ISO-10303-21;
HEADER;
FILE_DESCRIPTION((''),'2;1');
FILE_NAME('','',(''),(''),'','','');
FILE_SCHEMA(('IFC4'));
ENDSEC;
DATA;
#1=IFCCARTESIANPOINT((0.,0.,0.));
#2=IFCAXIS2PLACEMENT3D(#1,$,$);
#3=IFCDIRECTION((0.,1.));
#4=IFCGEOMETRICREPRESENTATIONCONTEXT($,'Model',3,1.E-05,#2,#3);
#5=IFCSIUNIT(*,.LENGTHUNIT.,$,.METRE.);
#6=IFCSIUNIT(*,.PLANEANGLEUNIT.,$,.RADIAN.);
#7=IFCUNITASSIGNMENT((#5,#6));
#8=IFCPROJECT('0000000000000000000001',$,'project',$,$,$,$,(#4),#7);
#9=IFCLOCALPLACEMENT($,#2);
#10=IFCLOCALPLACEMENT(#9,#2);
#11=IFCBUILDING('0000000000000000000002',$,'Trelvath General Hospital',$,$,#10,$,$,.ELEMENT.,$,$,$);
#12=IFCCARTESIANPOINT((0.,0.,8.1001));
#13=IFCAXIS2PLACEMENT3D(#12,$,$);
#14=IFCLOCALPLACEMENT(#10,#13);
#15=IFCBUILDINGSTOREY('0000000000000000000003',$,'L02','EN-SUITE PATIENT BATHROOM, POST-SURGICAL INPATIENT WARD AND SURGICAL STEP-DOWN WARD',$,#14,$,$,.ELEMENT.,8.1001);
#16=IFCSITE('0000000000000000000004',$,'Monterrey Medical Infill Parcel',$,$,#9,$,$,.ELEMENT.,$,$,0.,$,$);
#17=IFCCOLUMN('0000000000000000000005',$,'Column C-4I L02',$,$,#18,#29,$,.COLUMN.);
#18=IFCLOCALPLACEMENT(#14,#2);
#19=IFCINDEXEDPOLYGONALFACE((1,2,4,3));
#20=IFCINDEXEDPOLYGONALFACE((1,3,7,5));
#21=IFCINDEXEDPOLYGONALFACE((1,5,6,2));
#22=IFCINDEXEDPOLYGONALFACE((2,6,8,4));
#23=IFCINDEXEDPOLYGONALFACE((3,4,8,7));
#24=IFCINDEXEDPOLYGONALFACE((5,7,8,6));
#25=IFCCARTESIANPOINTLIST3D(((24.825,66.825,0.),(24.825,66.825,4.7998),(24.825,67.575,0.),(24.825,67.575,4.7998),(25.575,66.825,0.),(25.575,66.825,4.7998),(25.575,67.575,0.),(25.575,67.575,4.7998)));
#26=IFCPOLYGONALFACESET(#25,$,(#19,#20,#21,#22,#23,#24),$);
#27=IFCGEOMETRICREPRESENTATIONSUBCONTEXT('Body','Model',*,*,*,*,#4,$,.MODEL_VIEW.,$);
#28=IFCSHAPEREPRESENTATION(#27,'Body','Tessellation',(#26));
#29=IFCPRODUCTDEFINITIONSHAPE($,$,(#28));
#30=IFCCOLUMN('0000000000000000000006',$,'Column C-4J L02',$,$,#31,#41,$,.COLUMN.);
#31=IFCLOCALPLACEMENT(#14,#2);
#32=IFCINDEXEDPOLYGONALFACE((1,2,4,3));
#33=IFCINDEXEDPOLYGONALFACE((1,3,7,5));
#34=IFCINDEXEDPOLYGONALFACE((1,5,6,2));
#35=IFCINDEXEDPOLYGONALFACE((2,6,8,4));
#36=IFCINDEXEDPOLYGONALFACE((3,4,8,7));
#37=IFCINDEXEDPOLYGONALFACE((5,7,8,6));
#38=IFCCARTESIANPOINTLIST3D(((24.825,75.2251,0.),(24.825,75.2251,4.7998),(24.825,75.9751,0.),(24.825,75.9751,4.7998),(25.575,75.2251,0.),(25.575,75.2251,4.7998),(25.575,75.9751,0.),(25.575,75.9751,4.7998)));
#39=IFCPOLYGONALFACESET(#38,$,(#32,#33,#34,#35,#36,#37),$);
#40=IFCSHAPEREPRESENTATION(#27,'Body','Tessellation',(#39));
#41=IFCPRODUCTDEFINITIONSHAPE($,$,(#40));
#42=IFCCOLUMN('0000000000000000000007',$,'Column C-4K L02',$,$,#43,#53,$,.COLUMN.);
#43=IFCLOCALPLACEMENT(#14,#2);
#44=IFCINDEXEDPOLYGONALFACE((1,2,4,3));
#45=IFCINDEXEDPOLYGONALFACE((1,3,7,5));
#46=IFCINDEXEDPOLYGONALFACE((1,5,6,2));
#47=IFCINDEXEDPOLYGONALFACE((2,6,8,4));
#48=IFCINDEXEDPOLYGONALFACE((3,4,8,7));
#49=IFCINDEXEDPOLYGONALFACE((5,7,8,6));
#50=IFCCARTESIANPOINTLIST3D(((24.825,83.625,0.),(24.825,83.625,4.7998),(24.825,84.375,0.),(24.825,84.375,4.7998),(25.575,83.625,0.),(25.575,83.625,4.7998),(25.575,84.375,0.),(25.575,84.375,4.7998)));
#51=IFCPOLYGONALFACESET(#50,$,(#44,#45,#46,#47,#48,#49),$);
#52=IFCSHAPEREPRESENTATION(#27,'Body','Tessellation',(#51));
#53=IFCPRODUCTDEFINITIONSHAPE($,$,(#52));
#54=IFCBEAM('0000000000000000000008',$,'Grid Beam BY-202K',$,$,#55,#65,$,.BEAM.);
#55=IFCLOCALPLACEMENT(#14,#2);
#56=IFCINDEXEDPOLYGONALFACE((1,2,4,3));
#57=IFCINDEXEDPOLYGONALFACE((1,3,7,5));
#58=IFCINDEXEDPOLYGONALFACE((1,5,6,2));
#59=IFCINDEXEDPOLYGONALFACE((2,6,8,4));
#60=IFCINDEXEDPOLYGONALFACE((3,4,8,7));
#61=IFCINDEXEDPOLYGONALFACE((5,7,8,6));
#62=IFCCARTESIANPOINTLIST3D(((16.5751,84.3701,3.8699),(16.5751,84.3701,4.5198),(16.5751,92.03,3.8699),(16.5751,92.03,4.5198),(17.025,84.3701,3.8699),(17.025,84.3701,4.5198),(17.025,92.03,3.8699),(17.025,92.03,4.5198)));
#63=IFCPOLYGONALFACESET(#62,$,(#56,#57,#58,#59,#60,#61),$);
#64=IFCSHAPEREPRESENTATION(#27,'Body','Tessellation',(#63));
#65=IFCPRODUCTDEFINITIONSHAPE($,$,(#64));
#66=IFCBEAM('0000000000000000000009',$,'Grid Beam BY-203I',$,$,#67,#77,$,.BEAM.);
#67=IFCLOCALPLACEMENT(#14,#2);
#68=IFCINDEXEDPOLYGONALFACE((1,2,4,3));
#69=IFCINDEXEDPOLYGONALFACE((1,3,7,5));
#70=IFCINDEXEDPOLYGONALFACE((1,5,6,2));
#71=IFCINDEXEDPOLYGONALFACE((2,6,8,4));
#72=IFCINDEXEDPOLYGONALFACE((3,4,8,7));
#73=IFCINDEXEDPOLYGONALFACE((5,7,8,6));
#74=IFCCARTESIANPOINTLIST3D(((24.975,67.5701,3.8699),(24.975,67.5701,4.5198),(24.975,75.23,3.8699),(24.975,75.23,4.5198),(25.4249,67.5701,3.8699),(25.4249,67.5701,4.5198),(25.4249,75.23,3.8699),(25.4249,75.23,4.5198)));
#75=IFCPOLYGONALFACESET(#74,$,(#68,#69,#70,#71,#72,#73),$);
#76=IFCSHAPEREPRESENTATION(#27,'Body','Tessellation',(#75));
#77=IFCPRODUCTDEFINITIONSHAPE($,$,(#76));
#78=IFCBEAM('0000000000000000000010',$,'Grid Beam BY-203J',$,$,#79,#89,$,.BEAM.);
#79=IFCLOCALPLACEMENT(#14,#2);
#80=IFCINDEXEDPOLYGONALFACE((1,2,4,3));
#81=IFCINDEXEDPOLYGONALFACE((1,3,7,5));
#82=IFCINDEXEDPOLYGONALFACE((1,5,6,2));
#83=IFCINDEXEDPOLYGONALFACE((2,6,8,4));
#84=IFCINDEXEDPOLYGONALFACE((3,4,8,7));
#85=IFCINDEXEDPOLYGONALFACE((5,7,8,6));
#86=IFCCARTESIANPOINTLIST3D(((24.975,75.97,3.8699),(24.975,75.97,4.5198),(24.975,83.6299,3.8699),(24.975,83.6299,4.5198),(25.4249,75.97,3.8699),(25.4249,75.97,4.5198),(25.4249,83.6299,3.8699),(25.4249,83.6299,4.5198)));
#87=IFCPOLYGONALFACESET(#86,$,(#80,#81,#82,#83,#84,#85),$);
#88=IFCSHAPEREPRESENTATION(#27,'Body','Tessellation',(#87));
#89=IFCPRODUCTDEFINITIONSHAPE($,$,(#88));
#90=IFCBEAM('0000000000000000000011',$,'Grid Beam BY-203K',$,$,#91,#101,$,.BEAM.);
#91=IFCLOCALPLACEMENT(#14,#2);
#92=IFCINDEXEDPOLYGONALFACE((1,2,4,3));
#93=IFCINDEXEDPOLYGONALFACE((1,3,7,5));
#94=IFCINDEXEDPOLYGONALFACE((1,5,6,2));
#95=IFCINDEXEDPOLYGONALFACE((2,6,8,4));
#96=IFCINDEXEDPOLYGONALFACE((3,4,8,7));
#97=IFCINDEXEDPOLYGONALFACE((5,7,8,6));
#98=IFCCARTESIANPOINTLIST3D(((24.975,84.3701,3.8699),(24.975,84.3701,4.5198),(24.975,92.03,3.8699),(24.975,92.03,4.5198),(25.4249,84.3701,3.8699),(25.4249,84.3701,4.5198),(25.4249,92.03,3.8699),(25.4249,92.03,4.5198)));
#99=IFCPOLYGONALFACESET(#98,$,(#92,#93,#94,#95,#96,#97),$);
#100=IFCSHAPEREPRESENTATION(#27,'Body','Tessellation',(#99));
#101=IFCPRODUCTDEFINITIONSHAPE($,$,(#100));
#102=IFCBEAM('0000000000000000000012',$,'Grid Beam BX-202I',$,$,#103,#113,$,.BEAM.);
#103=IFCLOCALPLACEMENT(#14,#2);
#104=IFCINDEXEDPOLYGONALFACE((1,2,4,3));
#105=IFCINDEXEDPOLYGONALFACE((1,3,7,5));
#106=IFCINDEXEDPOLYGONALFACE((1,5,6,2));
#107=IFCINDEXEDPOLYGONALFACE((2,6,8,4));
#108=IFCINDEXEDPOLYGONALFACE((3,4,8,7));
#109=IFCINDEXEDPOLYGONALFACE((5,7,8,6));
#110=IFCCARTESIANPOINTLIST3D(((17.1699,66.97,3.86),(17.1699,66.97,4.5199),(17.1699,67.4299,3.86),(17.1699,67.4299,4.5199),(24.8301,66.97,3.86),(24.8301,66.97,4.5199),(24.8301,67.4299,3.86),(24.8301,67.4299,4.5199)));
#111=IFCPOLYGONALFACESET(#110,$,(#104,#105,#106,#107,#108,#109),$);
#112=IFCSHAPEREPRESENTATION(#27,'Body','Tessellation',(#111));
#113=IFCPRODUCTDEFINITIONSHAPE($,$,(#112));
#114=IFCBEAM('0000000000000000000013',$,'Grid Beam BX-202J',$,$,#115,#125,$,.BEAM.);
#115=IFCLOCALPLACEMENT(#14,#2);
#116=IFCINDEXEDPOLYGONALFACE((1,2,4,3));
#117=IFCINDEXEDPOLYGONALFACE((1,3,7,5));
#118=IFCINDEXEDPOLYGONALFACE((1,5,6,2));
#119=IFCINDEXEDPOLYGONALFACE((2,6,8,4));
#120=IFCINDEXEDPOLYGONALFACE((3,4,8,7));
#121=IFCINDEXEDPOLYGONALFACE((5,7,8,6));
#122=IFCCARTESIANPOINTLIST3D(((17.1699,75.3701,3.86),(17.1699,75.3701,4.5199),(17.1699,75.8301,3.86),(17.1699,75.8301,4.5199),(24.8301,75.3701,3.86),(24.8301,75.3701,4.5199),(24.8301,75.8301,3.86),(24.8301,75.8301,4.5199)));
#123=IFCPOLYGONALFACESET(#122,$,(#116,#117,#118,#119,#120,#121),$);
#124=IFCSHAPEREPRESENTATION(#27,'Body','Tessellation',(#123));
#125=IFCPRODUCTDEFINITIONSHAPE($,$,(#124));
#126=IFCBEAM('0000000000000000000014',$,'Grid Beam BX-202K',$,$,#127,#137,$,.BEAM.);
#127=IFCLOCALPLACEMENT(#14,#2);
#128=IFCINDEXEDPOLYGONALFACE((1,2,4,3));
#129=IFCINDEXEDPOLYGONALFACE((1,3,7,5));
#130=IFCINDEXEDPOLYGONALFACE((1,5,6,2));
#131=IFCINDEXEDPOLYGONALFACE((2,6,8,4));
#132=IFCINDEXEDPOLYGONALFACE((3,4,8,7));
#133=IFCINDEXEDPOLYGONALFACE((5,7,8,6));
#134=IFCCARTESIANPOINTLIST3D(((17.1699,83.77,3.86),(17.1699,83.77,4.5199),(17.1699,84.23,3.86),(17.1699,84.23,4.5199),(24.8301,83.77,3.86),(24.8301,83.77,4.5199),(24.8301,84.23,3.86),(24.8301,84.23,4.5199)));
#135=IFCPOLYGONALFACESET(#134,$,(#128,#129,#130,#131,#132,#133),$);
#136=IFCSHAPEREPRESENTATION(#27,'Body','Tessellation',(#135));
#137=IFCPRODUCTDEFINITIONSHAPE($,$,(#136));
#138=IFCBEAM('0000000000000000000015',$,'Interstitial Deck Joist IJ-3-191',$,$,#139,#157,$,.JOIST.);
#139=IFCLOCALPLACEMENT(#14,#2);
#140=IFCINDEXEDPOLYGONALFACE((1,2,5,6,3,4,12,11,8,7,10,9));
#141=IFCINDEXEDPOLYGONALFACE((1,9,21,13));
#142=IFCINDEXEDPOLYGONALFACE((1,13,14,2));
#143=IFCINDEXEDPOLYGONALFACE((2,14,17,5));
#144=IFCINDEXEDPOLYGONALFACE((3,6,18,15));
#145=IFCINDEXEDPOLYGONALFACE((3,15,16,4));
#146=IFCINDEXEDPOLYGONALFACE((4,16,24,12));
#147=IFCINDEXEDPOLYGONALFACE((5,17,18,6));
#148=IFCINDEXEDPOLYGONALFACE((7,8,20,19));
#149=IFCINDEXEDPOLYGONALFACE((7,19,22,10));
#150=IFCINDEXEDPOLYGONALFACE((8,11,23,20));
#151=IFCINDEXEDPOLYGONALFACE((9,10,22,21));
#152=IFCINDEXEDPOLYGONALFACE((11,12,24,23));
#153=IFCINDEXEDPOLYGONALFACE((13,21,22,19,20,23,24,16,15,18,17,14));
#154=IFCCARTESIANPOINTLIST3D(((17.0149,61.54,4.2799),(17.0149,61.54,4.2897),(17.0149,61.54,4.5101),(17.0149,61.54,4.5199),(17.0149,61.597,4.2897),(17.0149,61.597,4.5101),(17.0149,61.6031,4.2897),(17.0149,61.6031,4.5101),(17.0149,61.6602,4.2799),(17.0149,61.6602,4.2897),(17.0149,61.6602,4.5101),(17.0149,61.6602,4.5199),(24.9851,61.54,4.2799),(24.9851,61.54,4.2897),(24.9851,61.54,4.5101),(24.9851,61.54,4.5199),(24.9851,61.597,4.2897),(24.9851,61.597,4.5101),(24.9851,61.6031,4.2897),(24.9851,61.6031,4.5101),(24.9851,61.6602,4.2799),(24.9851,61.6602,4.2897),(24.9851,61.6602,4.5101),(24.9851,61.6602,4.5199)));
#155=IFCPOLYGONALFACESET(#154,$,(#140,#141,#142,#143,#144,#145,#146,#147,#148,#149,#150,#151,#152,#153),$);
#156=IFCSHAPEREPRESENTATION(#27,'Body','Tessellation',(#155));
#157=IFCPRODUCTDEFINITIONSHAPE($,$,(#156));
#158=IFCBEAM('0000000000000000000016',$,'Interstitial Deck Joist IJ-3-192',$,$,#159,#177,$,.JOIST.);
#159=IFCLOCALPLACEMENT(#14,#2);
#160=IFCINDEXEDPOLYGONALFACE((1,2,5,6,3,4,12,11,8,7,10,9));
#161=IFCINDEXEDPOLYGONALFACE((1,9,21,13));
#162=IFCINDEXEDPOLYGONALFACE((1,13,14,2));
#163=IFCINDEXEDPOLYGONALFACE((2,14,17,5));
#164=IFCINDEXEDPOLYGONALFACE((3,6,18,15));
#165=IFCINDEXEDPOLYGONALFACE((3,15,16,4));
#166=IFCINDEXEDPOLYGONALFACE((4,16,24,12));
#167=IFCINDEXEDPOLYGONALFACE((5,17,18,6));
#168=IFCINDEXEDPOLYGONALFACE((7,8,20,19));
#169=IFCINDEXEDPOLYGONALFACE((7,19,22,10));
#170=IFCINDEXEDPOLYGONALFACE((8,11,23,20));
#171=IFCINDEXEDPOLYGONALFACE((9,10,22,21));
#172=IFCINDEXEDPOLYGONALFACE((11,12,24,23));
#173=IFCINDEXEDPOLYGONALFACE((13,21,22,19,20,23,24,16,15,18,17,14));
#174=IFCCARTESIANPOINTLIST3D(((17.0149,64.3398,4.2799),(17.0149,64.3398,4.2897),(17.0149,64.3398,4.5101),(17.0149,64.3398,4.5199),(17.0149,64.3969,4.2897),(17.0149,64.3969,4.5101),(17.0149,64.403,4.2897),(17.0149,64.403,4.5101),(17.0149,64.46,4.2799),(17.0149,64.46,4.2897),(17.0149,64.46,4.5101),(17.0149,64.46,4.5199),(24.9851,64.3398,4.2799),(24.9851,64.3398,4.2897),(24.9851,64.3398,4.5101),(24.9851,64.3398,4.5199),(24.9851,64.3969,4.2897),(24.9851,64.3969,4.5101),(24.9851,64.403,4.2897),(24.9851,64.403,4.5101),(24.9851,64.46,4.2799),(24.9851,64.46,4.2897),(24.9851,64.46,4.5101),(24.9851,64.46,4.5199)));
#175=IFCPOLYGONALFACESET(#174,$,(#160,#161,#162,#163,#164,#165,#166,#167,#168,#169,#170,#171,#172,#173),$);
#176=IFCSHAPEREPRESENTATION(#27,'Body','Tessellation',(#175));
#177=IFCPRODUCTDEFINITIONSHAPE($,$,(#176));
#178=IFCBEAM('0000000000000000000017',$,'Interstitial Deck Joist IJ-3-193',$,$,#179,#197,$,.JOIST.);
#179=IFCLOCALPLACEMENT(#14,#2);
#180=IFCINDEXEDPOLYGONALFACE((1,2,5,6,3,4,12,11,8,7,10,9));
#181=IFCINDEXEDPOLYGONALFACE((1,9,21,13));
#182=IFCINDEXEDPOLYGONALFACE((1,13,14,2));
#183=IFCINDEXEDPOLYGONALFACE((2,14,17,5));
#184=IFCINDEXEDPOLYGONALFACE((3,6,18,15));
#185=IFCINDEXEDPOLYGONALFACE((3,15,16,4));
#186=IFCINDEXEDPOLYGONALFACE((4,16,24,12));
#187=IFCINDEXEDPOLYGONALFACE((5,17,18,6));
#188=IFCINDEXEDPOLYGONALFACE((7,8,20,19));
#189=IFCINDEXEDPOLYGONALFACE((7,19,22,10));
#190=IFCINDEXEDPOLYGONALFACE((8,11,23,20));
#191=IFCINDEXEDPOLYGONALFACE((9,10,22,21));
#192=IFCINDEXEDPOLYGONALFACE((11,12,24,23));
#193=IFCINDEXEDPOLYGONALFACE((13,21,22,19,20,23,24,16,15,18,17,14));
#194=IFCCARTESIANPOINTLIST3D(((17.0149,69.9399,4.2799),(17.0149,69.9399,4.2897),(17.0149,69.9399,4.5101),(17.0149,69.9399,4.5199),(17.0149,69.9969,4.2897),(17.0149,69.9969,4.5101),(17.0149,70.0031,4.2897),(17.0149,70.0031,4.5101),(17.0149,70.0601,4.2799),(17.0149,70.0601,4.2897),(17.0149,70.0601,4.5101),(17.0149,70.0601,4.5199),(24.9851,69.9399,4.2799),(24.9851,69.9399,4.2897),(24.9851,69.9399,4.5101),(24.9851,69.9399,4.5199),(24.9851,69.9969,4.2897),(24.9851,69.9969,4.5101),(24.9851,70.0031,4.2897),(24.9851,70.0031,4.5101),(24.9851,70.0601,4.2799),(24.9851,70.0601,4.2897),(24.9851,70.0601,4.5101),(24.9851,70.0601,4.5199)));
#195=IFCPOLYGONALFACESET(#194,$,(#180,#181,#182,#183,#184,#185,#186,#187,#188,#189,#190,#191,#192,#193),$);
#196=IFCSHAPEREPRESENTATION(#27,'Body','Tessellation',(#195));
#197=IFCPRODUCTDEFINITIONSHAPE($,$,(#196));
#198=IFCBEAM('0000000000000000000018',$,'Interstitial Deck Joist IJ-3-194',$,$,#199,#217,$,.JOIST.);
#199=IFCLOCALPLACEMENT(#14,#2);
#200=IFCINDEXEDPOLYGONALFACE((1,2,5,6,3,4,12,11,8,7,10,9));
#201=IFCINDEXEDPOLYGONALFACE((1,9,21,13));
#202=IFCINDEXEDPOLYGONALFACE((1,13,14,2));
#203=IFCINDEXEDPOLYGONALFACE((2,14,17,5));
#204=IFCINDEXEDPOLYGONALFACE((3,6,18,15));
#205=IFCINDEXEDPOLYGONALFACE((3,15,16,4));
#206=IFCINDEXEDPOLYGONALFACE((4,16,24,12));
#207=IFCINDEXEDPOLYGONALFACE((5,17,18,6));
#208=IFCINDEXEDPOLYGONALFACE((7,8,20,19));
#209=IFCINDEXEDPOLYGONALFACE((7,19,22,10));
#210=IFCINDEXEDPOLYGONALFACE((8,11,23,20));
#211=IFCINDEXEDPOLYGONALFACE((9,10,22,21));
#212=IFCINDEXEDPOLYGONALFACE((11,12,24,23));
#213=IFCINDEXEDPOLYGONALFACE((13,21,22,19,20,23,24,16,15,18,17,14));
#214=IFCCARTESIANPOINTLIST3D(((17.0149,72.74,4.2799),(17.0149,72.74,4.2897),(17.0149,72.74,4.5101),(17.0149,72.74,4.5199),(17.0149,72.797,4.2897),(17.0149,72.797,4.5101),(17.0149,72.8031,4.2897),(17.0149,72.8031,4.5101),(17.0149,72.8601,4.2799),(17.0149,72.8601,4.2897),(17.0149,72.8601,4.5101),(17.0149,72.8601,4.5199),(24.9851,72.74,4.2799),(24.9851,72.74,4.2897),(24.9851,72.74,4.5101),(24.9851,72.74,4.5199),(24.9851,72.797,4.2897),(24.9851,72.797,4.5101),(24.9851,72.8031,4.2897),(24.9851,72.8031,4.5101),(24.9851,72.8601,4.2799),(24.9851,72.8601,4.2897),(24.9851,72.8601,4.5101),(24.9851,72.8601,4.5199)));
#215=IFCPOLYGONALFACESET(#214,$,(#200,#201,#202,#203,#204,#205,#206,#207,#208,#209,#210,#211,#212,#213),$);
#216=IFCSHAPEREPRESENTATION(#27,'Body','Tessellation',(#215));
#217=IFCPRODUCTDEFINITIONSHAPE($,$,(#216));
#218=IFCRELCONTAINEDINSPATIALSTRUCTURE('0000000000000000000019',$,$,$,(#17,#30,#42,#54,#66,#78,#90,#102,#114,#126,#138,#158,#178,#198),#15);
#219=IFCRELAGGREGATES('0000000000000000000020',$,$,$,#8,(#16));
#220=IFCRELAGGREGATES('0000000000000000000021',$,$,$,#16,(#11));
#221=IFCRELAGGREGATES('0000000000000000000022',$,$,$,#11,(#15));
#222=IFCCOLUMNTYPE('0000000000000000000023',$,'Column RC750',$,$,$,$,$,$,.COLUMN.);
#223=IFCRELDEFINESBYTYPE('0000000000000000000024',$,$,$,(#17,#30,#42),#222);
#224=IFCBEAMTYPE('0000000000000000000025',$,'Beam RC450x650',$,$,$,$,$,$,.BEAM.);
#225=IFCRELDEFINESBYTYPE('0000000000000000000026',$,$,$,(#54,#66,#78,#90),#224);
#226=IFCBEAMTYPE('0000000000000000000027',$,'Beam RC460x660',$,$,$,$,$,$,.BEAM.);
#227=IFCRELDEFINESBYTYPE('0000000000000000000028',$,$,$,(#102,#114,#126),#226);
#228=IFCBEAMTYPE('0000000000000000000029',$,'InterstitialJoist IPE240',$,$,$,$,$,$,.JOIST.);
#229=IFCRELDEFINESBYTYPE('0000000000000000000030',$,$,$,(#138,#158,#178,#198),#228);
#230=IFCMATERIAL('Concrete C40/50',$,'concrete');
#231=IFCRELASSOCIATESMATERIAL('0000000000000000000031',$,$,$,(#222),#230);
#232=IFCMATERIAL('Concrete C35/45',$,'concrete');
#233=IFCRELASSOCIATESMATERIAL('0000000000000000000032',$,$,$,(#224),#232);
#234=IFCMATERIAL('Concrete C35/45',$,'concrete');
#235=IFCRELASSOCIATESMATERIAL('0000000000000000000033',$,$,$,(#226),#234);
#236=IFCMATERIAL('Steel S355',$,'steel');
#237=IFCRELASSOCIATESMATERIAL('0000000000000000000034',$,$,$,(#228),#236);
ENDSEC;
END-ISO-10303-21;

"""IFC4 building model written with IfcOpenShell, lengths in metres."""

from ifc_helpers import new_model, si_unit, direction, frame, origin, origin_2d, place, context, subcontext, project, spatial, rectangle, i_section, extrude, material, material_profile, profile_set, type_object, element, save


model = new_model("IFC4")

# Units and contexts
model_context = context("Model", 3, precision=1e-05, world=origin(), true_north=direction((0.0, 1.0)))
body_context = subcontext(model_context, "Body", "Model", "MODEL_VIEW")
ifc_project = project(units=[si_unit("LENGTHUNIT", "METRE"), si_unit("PLANEANGLEUNIT", "RADIAN")], contexts=[model_context])

# Site, building, storey
site_placement = place(None, origin())
site = spatial("IfcSite", under=ifc_project, at=site_placement, Name="Monterrey Medical Infill Parcel", CompositionType="ELEMENT", RefElevation=0.0)
building_placement = place(site_placement, origin())
building = spatial("IfcBuilding", under=site, at=building_placement, Name="Trelvath General Hospital", CompositionType="ELEMENT")
storey_placement = place(building_placement, frame((0.0, 0.0, 8.1001)))
storey = spatial("IfcBuildingStorey", under=building, at=storey_placement, Name="L02", Description="EN-SUITE PATIENT BATHROOM, POST-SURGICAL INPATIENT WARD AND SURGICAL STEP-DOWN WARD", CompositionType="ELEMENT", Elevation=8.1001)

# Columns
ifc_material_1 = material(Name="Concrete C40/50", Category="concrete")
ifc_material_profile_1 = material_profile(ifc_material_1, rectangle(XDim=0.75, YDim=0.75, at=origin_2d()), Name="RC750x750")
ifc_profile_set_1 = profile_set([ifc_material_profile_1], Name="Concrete C40/50")
column_type = type_object("IfcColumnType", Name="Column RC750", PredefinedType="COLUMN", material=ifc_profile_set_1)
for number, where, z_axis, x_axis, name in (
    (1, (25.2, 67.2, 0.0), (0.0, 0.0, 1.0), (1.0, 0.0, 0.0), "Column C-4I L02"),
    (2, (25.2, 75.6001, 0.0), (0.0, 0.0, 1.0), (1.0, 0.0, 0.0), "Column C-4J L02"),
    (3, (25.2, 84.0, 0.0), (0.0, 0.0, 1.0), (1.0, 0.0, 0.0), "Column C-4K L02"),
):
    element("IfcColumn", number, at=place(storey_placement, frame(where, z_axis=z_axis, x_axis=x_axis)), inside=storey, type_object=column_type, Name=name, PredefinedType="COLUMN", context=body_context, shape_type="SweptSolid", body=[
        extrude(rectangle(XDim=0.75, YDim=0.75, at=origin_2d()), origin(), (0.0, 0.0, 1.0), 4.7998),
    ])

# Beams
ifc_material_2 = material(Name="Concrete C35/45", Category="concrete")
ifc_material_profile_2 = material_profile(ifc_material_2, rectangle(XDim=0.45, YDim=0.6499, at=origin_2d()), Name="RCB450x650")
ifc_profile_set_2 = profile_set([ifc_material_profile_2], Name="Concrete C35/45")
beam_type_1 = type_object("IfcBeamType", Name="Beam RC450x650", PredefinedType="BEAM", material=ifc_profile_set_2)
for number, where, z_axis, x_axis, name in (
    (4, (16.8, 84.3701, 4.1948), (0.0, 1.0, 0.0), (-1.0, 0.0, 0.0), "Grid Beam BY-202K"),
    (5, (25.2, 67.5701, 4.1948), (0.0, 1.0, 0.0), (-1.0, 0.0, 0.0), "Grid Beam BY-203I"),
    (6, (25.2, 75.97, 4.1948), (0.0, 1.0, 0.0), (-1.0, 0.0, 0.0), "Grid Beam BY-203J"),
    (7, (25.2, 84.3701, 4.1948), (0.0, 1.0, 0.0), (-1.0, 0.0, 0.0), "Grid Beam BY-203K"),
):
    element("IfcBeam", number, at=place(storey_placement, frame(where, z_axis=z_axis, x_axis=x_axis)), inside=storey, type_object=beam_type_1, Name=name, PredefinedType="BEAM", context=body_context, shape_type="SweptSolid", body=[
        extrude(rectangle(XDim=0.45, YDim=0.6499, at=origin_2d()), origin(), (0.0, 0.0, 1.0), 7.6599),
    ])
ifc_material_3 = material(Name="Concrete C35/45", Category="concrete")
ifc_material_profile_3 = material_profile(ifc_material_3, rectangle(XDim=0.46, YDim=0.6599, at=origin_2d()), Name="RCB460x660")
ifc_profile_set_3 = profile_set([ifc_material_profile_3], Name="Concrete C35/45")
beam_type_2 = type_object("IfcBeamType", Name="Beam RC460x660", PredefinedType="BEAM", material=ifc_profile_set_3)
for number, where, z_axis, x_axis, name in (
    (8, (17.1699, 67.2, 4.1899), (1.0, 0.0, 0.0), (0.0, 1.0, 0.0), "Grid Beam BX-202I"),
    (9, (17.1699, 75.6001, 4.1899), (1.0, 0.0, 0.0), (0.0, 1.0, 0.0), "Grid Beam BX-202J"),
    (10, (17.1699, 84.0, 4.1899), (1.0, 0.0, 0.0), (0.0, 1.0, 0.0), "Grid Beam BX-202K"),
):
    element("IfcBeam", number, at=place(storey_placement, frame(where, z_axis=z_axis, x_axis=x_axis)), inside=storey, type_object=beam_type_2, Name=name, PredefinedType="BEAM", context=body_context, shape_type="SweptSolid", body=[
        extrude(rectangle(XDim=0.46, YDim=0.6599, at=origin_2d()), origin(), (0.0, 0.0, 1.0), 7.6602),
    ])
ifc_material_4 = material(Name="Steel S355", Category="steel")
ifc_material_profile_4 = material_profile(ifc_material_4, i_section(OverallWidth=0.1201, OverallDepth=0.24, WebThickness=0.0061, FlangeThickness=0.0098, at=origin_2d()), Name="IPE240")
ifc_profile_set_4 = profile_set([ifc_material_profile_4], Name="Steel S355")
beam_type_3 = type_object("IfcBeamType", Name="InterstitialJoist IPE240", PredefinedType="JOIST", material=ifc_profile_set_4)
for number, where, z_axis, x_axis, name in (
    (11, (17.0149, 61.6001, 4.3999), (1.0, 0.0, 0.0), (0.0, 1.0, 0.0), "Interstitial Deck Joist IJ-3-191"),
    (12, (17.0149, 64.3999, 4.3999), (1.0, 0.0, 0.0), (0.0, 1.0, 0.0), "Interstitial Deck Joist IJ-3-192"),
    (13, (17.0149, 70.0, 4.3999), (1.0, 0.0, 0.0), (0.0, 1.0, 0.0), "Interstitial Deck Joist IJ-3-193"),
    (14, (17.0149, 72.8, 4.3999), (1.0, 0.0, 0.0), (0.0, 1.0, 0.0), "Interstitial Deck Joist IJ-3-194"),
):
    element("IfcBeam", number, at=place(storey_placement, frame(where, z_axis=z_axis, x_axis=x_axis)), inside=storey, type_object=beam_type_3, Name=name, PredefinedType="JOIST", context=body_context, shape_type="SweptSolid", body=[
        extrude(i_section(OverallWidth=0.1201, OverallDepth=0.24, WebThickness=0.0061, FlangeThickness=0.0098, at=origin_2d()), origin(), (0.0, 0.0, 1.0), 7.9702),
    ])

save(model, "model.ifc")
